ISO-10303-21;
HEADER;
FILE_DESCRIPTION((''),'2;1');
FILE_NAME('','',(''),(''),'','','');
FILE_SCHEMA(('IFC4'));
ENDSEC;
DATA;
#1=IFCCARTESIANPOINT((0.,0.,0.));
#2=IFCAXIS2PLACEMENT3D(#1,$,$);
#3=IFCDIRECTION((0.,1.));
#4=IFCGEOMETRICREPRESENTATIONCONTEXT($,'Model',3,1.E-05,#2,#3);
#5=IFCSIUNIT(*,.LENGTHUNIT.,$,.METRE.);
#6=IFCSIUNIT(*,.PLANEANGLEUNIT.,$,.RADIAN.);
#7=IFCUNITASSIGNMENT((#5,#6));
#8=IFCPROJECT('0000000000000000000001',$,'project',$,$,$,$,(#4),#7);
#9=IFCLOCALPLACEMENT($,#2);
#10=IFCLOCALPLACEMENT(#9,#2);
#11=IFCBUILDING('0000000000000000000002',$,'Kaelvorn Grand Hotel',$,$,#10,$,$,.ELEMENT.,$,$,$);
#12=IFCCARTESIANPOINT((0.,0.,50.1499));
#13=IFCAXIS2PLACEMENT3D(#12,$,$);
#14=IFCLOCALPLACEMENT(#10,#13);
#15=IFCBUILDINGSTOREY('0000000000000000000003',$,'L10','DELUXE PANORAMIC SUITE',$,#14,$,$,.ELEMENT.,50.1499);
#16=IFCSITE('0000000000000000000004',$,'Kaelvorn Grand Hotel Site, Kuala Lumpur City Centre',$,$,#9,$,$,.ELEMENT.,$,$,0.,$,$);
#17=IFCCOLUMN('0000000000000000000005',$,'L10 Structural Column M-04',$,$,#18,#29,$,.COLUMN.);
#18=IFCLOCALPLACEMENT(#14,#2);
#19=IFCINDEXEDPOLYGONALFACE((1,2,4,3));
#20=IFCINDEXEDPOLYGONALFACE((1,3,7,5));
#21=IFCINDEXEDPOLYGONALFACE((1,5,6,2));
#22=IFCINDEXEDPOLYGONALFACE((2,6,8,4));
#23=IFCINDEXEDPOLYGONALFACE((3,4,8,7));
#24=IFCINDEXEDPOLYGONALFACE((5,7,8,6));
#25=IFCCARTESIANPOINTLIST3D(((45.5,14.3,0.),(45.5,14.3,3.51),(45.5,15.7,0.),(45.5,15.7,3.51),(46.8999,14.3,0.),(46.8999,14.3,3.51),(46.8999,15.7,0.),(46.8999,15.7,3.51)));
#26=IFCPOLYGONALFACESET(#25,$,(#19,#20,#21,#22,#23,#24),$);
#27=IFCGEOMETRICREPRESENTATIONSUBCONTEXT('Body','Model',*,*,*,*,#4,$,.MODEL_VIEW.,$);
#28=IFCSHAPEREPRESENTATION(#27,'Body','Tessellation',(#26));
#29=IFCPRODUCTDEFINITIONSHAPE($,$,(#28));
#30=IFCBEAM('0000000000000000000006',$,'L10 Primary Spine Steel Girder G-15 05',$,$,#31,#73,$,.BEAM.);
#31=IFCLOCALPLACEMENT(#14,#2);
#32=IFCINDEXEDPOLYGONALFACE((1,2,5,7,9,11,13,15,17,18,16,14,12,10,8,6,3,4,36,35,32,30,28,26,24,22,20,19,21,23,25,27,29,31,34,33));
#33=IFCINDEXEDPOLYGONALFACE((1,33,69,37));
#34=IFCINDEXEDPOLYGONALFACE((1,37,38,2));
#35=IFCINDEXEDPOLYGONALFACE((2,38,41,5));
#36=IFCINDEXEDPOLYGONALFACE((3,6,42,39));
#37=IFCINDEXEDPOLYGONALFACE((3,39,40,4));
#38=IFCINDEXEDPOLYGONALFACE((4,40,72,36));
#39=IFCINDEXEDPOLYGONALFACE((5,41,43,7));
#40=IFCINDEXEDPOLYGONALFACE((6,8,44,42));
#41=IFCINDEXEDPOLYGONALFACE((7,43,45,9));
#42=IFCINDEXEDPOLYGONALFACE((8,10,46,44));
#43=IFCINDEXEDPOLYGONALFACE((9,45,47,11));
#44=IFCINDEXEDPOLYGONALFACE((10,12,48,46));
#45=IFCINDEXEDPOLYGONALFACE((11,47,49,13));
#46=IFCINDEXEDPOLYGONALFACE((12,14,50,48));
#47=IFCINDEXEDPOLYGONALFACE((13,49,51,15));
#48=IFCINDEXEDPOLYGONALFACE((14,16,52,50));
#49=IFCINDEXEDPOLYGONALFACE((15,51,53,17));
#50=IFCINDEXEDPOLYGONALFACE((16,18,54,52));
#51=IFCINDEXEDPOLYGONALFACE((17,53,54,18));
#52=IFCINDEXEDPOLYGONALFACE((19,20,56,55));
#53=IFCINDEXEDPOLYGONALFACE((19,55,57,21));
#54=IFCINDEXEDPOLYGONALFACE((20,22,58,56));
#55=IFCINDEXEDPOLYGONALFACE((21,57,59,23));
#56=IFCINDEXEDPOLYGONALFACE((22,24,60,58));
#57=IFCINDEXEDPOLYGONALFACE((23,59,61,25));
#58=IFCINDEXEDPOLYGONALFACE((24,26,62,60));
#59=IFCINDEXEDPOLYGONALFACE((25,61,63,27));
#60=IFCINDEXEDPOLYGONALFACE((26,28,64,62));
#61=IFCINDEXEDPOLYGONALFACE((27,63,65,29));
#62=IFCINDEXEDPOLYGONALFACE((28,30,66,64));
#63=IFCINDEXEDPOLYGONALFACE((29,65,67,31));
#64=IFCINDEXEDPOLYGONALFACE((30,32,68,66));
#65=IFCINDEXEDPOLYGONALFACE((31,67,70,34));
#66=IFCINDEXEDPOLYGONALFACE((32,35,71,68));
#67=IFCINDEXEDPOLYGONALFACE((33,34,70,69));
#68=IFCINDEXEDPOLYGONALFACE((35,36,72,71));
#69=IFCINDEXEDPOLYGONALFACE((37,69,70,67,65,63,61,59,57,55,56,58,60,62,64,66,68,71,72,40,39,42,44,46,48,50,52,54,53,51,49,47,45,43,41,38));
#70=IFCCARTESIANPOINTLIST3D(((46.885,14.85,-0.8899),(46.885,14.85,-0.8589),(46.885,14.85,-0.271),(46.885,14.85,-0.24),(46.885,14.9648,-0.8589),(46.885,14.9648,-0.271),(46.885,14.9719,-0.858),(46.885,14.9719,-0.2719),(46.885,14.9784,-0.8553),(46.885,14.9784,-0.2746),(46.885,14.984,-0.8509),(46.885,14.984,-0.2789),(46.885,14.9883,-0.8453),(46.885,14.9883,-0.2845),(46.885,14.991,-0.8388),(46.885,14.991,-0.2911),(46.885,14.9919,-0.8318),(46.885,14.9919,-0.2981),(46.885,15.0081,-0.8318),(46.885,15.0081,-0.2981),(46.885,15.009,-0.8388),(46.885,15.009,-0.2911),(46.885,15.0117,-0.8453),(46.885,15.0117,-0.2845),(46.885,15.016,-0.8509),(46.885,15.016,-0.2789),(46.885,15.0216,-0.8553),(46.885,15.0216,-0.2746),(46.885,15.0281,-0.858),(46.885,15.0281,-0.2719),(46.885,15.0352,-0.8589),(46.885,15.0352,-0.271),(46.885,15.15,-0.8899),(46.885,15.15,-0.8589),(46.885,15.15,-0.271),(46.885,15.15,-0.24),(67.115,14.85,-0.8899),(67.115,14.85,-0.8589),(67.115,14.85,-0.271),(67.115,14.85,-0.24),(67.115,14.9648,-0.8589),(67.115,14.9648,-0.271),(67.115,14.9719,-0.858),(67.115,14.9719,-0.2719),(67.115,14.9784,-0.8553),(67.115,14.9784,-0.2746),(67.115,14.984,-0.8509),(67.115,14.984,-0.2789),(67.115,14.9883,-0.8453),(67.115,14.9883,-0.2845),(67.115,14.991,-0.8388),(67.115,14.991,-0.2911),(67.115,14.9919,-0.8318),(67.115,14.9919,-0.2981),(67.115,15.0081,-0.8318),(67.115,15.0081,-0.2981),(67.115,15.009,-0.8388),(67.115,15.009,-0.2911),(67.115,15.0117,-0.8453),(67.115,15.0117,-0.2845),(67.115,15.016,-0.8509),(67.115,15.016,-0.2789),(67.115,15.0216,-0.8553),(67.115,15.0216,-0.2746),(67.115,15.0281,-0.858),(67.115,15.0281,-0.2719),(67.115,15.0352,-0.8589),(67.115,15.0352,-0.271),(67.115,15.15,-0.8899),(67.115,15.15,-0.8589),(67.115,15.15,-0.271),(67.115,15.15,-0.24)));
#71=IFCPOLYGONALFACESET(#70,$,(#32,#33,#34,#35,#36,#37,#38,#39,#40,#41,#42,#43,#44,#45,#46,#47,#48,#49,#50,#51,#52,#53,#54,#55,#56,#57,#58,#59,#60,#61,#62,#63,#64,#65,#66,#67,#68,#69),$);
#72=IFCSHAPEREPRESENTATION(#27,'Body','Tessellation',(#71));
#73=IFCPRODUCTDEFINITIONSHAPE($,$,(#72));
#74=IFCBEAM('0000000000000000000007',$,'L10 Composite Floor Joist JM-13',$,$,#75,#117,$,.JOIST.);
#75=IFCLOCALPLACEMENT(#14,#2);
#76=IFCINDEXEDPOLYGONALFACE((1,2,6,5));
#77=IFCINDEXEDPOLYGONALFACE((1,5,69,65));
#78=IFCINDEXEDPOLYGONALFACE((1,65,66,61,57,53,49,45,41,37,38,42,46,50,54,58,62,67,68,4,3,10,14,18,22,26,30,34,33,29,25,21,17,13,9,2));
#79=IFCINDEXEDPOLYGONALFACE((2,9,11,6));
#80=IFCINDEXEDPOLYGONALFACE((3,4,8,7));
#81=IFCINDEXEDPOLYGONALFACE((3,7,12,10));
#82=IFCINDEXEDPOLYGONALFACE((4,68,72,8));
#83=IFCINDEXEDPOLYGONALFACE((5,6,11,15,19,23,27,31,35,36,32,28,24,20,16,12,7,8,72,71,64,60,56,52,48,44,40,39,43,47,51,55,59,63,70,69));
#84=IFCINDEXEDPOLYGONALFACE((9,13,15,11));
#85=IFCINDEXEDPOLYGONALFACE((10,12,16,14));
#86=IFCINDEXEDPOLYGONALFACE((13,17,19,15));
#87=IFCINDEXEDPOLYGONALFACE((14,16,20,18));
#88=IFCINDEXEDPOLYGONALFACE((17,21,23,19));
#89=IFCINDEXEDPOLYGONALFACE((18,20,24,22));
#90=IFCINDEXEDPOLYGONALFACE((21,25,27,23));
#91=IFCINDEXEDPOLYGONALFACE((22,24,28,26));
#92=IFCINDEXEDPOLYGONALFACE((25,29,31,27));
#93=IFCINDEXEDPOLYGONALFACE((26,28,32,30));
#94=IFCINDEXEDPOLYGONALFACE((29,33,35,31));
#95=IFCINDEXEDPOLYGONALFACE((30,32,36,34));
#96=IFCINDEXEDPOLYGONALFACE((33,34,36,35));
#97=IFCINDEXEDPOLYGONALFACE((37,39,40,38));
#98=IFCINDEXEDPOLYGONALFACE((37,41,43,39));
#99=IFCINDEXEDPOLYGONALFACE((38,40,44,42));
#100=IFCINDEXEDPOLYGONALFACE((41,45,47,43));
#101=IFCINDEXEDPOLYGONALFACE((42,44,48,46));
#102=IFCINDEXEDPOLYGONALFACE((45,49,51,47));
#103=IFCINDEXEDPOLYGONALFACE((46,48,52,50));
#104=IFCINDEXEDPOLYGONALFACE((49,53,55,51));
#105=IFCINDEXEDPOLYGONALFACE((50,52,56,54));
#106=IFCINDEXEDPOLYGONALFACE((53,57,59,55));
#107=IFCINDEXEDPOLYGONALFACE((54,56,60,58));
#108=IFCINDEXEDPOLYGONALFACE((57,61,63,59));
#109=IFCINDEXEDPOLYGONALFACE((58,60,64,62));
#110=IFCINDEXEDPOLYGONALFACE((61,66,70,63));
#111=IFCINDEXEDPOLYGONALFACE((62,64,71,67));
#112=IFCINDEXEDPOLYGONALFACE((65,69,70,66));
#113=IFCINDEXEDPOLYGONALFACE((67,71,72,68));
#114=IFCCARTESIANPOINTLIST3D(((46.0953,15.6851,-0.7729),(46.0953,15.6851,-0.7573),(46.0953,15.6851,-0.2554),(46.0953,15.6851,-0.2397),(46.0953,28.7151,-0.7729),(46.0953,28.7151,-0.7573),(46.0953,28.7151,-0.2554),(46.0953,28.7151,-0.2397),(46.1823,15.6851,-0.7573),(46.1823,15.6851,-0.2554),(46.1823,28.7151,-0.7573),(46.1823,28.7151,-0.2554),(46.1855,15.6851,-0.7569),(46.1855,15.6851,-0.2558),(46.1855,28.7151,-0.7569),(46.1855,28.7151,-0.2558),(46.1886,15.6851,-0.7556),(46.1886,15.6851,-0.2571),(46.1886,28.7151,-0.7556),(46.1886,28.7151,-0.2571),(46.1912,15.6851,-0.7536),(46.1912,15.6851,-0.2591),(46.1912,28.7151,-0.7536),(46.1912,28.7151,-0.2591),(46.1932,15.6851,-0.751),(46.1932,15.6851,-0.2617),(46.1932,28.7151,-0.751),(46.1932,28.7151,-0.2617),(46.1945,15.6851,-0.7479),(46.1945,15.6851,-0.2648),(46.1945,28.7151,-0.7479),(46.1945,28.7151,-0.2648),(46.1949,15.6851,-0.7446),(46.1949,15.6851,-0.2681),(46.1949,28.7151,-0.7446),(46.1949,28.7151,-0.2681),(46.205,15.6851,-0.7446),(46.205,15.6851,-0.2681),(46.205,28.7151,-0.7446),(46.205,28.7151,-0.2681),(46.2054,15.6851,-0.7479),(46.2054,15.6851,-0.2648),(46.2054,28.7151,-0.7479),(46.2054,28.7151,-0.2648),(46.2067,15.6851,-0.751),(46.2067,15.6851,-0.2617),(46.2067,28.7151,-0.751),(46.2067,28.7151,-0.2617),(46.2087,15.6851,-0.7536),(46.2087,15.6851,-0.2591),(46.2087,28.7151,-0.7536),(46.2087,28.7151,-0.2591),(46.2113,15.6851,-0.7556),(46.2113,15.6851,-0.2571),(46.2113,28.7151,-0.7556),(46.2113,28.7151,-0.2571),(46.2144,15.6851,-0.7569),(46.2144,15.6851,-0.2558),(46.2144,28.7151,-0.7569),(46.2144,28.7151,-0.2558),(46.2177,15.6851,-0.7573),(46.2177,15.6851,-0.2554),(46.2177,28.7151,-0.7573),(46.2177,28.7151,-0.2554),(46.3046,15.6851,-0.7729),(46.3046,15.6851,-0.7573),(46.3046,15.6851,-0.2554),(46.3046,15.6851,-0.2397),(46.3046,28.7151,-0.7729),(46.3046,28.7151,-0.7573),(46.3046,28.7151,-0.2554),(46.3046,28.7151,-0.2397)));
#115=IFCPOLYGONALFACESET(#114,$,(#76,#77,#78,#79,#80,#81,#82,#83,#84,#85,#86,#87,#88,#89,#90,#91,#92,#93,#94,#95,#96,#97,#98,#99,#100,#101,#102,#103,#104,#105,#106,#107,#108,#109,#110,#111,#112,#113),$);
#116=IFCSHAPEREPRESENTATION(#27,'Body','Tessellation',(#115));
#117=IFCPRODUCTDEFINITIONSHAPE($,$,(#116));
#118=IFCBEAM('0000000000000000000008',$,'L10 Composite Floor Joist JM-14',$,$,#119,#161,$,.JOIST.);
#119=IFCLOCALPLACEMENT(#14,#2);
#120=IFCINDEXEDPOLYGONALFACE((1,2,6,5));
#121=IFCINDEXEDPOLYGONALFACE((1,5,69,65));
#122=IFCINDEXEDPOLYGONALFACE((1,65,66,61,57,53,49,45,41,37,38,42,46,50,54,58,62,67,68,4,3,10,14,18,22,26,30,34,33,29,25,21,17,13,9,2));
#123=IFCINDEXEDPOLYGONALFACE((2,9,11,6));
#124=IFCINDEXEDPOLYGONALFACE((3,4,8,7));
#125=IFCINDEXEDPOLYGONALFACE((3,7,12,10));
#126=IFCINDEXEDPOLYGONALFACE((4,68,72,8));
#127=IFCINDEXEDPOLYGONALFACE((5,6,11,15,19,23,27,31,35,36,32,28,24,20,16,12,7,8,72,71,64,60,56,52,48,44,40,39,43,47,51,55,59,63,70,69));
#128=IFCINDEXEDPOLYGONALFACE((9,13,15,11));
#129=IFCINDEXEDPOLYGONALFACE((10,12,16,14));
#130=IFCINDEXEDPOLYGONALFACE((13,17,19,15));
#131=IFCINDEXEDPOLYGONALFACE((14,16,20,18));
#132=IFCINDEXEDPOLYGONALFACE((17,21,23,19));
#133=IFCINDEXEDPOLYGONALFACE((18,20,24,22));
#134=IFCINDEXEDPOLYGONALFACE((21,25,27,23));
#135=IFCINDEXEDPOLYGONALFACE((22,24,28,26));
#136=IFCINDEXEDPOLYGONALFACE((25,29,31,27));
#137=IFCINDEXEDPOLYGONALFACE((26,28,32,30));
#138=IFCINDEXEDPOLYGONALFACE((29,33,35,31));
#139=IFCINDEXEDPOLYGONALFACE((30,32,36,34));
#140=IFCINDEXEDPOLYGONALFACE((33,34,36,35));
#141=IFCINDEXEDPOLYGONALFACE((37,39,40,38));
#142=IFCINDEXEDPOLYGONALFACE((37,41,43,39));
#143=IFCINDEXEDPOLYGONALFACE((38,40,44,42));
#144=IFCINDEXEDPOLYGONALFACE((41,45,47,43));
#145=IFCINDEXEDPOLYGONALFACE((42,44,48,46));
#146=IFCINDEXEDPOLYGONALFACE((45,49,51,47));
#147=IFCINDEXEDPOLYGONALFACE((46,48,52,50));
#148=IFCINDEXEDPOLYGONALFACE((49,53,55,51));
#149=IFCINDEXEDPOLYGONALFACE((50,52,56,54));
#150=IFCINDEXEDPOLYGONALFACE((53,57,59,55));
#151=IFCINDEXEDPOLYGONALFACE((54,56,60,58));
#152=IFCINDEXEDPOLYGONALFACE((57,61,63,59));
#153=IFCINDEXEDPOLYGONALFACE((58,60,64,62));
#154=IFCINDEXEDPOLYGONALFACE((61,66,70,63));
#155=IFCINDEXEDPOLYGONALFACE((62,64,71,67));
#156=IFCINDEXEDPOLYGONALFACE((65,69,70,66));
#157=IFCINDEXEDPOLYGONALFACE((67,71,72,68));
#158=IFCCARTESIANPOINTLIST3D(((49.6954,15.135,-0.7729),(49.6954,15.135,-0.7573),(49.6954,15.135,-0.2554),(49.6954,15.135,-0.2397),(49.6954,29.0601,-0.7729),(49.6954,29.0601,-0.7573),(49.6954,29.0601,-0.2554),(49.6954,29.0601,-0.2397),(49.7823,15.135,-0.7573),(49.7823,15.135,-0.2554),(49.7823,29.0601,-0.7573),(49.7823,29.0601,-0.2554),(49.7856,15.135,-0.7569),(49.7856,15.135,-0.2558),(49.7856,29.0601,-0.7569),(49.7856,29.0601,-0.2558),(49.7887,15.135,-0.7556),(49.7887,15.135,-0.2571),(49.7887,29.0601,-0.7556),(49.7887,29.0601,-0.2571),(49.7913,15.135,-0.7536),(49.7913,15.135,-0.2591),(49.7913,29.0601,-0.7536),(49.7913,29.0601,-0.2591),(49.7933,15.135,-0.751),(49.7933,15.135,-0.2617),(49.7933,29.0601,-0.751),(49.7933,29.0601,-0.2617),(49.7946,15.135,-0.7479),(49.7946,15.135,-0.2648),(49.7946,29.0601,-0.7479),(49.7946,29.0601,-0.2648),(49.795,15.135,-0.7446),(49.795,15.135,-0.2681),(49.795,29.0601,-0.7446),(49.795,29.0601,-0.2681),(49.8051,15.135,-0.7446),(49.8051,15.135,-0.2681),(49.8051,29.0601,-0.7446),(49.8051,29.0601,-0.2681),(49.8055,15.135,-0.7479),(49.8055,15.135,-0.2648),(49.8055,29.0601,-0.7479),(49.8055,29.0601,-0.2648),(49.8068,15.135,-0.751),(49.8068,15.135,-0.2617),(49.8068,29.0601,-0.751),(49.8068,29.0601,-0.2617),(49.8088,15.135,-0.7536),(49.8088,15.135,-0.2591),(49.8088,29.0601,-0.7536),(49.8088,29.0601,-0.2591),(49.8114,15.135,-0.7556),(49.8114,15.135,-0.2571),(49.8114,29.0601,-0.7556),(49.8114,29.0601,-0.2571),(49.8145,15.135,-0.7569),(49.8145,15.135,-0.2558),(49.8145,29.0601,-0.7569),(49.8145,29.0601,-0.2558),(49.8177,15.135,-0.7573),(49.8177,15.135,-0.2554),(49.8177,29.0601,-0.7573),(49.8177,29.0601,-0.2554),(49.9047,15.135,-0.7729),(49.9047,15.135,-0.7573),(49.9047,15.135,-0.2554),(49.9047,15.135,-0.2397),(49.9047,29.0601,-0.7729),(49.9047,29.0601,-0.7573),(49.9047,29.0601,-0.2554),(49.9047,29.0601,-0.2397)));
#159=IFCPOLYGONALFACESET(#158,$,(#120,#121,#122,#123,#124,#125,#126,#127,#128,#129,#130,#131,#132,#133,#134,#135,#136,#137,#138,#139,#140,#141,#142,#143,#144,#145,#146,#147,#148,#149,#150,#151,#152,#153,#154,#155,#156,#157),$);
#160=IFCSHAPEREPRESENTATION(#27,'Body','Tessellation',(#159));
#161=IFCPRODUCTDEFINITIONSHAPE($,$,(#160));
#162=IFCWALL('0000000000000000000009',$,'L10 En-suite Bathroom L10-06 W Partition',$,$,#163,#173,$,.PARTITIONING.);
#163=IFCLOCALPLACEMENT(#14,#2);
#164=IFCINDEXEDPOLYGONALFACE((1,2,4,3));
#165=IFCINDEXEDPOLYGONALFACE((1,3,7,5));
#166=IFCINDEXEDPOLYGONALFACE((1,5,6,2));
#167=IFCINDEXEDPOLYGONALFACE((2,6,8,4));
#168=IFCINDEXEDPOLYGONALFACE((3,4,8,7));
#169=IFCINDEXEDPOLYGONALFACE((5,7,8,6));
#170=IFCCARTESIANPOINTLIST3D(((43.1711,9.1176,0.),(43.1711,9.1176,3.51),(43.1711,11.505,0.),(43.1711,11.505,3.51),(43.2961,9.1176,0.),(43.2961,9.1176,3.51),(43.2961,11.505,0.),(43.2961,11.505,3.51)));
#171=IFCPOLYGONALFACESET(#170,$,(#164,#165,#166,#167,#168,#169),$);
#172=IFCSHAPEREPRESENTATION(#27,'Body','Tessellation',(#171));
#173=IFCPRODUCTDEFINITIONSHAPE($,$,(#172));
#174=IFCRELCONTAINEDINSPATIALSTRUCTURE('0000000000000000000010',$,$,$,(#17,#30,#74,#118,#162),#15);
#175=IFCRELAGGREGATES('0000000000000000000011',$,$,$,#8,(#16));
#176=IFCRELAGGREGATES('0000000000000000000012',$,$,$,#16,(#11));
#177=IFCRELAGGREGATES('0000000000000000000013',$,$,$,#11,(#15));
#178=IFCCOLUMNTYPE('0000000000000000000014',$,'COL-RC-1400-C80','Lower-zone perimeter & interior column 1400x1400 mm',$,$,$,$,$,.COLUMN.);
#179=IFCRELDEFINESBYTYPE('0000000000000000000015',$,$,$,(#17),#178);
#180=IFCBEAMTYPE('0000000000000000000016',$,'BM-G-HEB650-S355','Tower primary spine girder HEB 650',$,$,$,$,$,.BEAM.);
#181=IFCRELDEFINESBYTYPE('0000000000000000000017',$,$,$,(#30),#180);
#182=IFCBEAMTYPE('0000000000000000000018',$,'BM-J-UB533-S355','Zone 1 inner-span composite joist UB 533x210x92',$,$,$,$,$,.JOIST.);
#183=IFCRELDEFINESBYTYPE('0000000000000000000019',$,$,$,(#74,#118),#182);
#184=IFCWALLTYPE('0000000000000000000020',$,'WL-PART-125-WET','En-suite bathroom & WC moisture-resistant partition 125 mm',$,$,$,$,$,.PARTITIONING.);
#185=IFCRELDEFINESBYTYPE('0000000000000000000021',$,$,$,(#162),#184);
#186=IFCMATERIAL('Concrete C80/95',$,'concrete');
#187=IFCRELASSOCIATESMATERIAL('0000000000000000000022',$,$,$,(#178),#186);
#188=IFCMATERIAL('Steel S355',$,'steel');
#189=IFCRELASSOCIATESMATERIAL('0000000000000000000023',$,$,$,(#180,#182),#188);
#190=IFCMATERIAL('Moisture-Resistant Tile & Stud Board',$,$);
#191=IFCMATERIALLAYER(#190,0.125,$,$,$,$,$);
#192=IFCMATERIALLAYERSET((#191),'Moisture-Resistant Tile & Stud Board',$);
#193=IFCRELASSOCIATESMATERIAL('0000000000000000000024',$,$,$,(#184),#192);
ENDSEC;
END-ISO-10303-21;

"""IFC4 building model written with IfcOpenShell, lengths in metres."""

from ifc_helpers import new_model, si_unit, direction, frame, frame_2d, origin, origin_2d, place, context, subcontext, project, spatial, rectangle, i_section, extrude, material, layer, layer_set, material_profile, profile_set, type_object, element, save


model = new_model("IFC4")

# Units and contexts
model_context = context("Model", 3, precision=1e-05, world=origin(), true_north=direction((0.0, 1.0)))
body_context = subcontext(model_context, "Body", "Model", "MODEL_VIEW")
ifc_project = project(units=[si_unit("LENGTHUNIT", "METRE"), si_unit("PLANEANGLEUNIT", "RADIAN")], contexts=[model_context])

# Site, building, storey
site_placement = place(None, origin())
site = spatial("IfcSite", under=ifc_project, at=site_placement, Name="Kaelvorn Grand Hotel Site, Kuala Lumpur City Centre", CompositionType="ELEMENT", RefElevation=0.0)
building_placement = place(site_placement, origin())
building = spatial("IfcBuilding", under=site, at=building_placement, Name="Kaelvorn Grand Hotel", CompositionType="ELEMENT")
storey_placement = place(building_placement, frame((0.0, 0.0, 50.1499)))
storey = spatial("IfcBuildingStorey", under=building, at=storey_placement, Name="L10", Description="DELUXE PANORAMIC SUITE", CompositionType="ELEMENT", Elevation=50.1499)

# Column
ifc_material_1 = material(Name="Concrete C80/95", Category="concrete")
ifc_material_profile_1 = material_profile(ifc_material_1, rectangle(XDim=1.3999, YDim=1.3999, at=origin_2d()), Name="RC COL 1400x1400")
ifc_profile_set_1 = profile_set([ifc_material_profile_1], Name="Concrete C80/95")
column_type = type_object("IfcColumnType", Name="COL-RC-1400-C80", Description="Lower-zone perimeter & interior column 1400x1400 mm", PredefinedType="COLUMN", material=ifc_profile_set_1)
column_placement = place(storey_placement, frame((46.2, 15.0, 0.0), z_axis=(0.0, 0.0, 1.0), x_axis=(1.0, 0.0, 0.0)))
element("IfcColumn", 1, at=column_placement, inside=storey, type_object=column_type, Name="L10 Structural Column M-04", PredefinedType="COLUMN", context=body_context, shape_type="SweptSolid", body=[
    extrude(rectangle(XDim=1.3999, YDim=1.3999, at=origin_2d()), origin(), (0.0, 0.0, 1.0), 3.51),
])

# Beams
ifc_material_2 = material(Name="Steel S355", Category="steel")
ifc_material_profile_2 = material_profile(ifc_material_2, i_section(OverallWidth=0.3, OverallDepth=0.6499, WebThickness=0.0161, FlangeThickness=0.031, FilletRadius=0.0271, at=origin_2d()), Name="HEB 650")
ifc_profile_set_2 = profile_set([ifc_material_profile_2], Name="Steel S355")
beam_type_1 = type_object("IfcBeamType", Name="BM-G-HEB650-S355", Description="Tower primary spine girder HEB 650", PredefinedType="BEAM", material=ifc_profile_set_2)
beam_1_placement = place(storey_placement, frame((46.885, 15.0, -0.5649), z_axis=(1.0, 0.0, 0.0), x_axis=(0.0, 1.0, 0.0)))
element("IfcBeam", 2, at=beam_1_placement, inside=storey, type_object=beam_type_1, Name="L10 Primary Spine Steel Girder G-15 05", PredefinedType="BEAM", context=body_context, shape_type="SweptSolid", body=[
    extrude(i_section(OverallWidth=0.3, OverallDepth=0.6499, WebThickness=0.0161, FlangeThickness=0.031, FilletRadius=0.0271, at=origin_2d()), origin(), (0.0, 0.0, 1.0), 20.23),
])
ifc_material_profile_3 = material_profile(ifc_material_2, i_section(OverallWidth=0.2092, OverallDepth=0.5332, WebThickness=0.01, FlangeThickness=0.0156, FilletRadius=0.0127, at=origin_2d()), Name="UB 533x210x92")
ifc_profile_set_3 = profile_set([ifc_material_profile_3], Name="Steel S355")
beam_type_2 = type_object("IfcBeamType", Name="BM-J-UB533-S355", Description="Zone 1 inner-span composite joist UB 533x210x92", PredefinedType="JOIST", material=ifc_profile_set_3)
beam_2_placement = place(storey_placement, frame((46.2, 15.6851, -0.5063), z_axis=(0.0, 1.0, 0.0), x_axis=(-1.0, 0.0, 0.0)))
element("IfcBeam", 3, at=beam_2_placement, inside=storey, type_object=beam_type_2, Name="L10 Composite Floor Joist JM-13", PredefinedType="JOIST", context=body_context, shape_type="SweptSolid", body=[
    extrude(i_section(OverallWidth=0.2092, OverallDepth=0.5332, WebThickness=0.01, FlangeThickness=0.0156, FilletRadius=0.0127, at=origin_2d()), origin(), (0.0, 0.0, 1.0), 13.03),
])
beam_3_placement = place(storey_placement, frame((49.8, 15.135, -0.5063), z_axis=(0.0, 1.0, 0.0), x_axis=(-1.0, 0.0, 0.0)))
element("IfcBeam", 4, at=beam_3_placement, inside=storey, type_object=beam_type_2, Name="L10 Composite Floor Joist JM-14", PredefinedType="JOIST", context=body_context, shape_type="SweptSolid", body=[
    extrude(i_section(OverallWidth=0.2092, OverallDepth=0.5332, WebThickness=0.01, FlangeThickness=0.0156, FilletRadius=0.0127, at=origin_2d()), origin(), (0.0, 0.0, 1.0), 13.925),
])

# Wall
ifc_material_3 = material(Name="Moisture-Resistant Tile & Stud Board")
ifc_layer_1 = layer(ifc_material_3, 0.125)
ifc_layer_set_1 = layer_set([ifc_layer_1], Name="Moisture-Resistant Tile & Stud Board")
wall_type_1 = type_object("IfcWallType", Name="WL-PART-125-WET", Description="En-suite bathroom & WC moisture-resistant partition 125 mm", PredefinedType="PARTITIONING", material=ifc_layer_set_1)
wall_1_placement = place(storey_placement, frame((43.2336, 9.1174, 0.0), z_axis=(0.0, 0.0, 1.0), x_axis=(0.0, 1.0, 0.0)))
element("IfcWall", 5, at=wall_1_placement, inside=storey, type_object=wall_type_1, Name="L10 En-suite Bathroom L10-06 W Partition", PredefinedType="PARTITIONING", context=body_context, shape_type="SweptSolid", body=[
    extrude(rectangle(XDim=2.3875, YDim=0.125, at=frame_2d((1.1938, 0.0))), origin(), (0.0, 0.0, 1.0), 3.51),
])

save(model, "model.ifc")
